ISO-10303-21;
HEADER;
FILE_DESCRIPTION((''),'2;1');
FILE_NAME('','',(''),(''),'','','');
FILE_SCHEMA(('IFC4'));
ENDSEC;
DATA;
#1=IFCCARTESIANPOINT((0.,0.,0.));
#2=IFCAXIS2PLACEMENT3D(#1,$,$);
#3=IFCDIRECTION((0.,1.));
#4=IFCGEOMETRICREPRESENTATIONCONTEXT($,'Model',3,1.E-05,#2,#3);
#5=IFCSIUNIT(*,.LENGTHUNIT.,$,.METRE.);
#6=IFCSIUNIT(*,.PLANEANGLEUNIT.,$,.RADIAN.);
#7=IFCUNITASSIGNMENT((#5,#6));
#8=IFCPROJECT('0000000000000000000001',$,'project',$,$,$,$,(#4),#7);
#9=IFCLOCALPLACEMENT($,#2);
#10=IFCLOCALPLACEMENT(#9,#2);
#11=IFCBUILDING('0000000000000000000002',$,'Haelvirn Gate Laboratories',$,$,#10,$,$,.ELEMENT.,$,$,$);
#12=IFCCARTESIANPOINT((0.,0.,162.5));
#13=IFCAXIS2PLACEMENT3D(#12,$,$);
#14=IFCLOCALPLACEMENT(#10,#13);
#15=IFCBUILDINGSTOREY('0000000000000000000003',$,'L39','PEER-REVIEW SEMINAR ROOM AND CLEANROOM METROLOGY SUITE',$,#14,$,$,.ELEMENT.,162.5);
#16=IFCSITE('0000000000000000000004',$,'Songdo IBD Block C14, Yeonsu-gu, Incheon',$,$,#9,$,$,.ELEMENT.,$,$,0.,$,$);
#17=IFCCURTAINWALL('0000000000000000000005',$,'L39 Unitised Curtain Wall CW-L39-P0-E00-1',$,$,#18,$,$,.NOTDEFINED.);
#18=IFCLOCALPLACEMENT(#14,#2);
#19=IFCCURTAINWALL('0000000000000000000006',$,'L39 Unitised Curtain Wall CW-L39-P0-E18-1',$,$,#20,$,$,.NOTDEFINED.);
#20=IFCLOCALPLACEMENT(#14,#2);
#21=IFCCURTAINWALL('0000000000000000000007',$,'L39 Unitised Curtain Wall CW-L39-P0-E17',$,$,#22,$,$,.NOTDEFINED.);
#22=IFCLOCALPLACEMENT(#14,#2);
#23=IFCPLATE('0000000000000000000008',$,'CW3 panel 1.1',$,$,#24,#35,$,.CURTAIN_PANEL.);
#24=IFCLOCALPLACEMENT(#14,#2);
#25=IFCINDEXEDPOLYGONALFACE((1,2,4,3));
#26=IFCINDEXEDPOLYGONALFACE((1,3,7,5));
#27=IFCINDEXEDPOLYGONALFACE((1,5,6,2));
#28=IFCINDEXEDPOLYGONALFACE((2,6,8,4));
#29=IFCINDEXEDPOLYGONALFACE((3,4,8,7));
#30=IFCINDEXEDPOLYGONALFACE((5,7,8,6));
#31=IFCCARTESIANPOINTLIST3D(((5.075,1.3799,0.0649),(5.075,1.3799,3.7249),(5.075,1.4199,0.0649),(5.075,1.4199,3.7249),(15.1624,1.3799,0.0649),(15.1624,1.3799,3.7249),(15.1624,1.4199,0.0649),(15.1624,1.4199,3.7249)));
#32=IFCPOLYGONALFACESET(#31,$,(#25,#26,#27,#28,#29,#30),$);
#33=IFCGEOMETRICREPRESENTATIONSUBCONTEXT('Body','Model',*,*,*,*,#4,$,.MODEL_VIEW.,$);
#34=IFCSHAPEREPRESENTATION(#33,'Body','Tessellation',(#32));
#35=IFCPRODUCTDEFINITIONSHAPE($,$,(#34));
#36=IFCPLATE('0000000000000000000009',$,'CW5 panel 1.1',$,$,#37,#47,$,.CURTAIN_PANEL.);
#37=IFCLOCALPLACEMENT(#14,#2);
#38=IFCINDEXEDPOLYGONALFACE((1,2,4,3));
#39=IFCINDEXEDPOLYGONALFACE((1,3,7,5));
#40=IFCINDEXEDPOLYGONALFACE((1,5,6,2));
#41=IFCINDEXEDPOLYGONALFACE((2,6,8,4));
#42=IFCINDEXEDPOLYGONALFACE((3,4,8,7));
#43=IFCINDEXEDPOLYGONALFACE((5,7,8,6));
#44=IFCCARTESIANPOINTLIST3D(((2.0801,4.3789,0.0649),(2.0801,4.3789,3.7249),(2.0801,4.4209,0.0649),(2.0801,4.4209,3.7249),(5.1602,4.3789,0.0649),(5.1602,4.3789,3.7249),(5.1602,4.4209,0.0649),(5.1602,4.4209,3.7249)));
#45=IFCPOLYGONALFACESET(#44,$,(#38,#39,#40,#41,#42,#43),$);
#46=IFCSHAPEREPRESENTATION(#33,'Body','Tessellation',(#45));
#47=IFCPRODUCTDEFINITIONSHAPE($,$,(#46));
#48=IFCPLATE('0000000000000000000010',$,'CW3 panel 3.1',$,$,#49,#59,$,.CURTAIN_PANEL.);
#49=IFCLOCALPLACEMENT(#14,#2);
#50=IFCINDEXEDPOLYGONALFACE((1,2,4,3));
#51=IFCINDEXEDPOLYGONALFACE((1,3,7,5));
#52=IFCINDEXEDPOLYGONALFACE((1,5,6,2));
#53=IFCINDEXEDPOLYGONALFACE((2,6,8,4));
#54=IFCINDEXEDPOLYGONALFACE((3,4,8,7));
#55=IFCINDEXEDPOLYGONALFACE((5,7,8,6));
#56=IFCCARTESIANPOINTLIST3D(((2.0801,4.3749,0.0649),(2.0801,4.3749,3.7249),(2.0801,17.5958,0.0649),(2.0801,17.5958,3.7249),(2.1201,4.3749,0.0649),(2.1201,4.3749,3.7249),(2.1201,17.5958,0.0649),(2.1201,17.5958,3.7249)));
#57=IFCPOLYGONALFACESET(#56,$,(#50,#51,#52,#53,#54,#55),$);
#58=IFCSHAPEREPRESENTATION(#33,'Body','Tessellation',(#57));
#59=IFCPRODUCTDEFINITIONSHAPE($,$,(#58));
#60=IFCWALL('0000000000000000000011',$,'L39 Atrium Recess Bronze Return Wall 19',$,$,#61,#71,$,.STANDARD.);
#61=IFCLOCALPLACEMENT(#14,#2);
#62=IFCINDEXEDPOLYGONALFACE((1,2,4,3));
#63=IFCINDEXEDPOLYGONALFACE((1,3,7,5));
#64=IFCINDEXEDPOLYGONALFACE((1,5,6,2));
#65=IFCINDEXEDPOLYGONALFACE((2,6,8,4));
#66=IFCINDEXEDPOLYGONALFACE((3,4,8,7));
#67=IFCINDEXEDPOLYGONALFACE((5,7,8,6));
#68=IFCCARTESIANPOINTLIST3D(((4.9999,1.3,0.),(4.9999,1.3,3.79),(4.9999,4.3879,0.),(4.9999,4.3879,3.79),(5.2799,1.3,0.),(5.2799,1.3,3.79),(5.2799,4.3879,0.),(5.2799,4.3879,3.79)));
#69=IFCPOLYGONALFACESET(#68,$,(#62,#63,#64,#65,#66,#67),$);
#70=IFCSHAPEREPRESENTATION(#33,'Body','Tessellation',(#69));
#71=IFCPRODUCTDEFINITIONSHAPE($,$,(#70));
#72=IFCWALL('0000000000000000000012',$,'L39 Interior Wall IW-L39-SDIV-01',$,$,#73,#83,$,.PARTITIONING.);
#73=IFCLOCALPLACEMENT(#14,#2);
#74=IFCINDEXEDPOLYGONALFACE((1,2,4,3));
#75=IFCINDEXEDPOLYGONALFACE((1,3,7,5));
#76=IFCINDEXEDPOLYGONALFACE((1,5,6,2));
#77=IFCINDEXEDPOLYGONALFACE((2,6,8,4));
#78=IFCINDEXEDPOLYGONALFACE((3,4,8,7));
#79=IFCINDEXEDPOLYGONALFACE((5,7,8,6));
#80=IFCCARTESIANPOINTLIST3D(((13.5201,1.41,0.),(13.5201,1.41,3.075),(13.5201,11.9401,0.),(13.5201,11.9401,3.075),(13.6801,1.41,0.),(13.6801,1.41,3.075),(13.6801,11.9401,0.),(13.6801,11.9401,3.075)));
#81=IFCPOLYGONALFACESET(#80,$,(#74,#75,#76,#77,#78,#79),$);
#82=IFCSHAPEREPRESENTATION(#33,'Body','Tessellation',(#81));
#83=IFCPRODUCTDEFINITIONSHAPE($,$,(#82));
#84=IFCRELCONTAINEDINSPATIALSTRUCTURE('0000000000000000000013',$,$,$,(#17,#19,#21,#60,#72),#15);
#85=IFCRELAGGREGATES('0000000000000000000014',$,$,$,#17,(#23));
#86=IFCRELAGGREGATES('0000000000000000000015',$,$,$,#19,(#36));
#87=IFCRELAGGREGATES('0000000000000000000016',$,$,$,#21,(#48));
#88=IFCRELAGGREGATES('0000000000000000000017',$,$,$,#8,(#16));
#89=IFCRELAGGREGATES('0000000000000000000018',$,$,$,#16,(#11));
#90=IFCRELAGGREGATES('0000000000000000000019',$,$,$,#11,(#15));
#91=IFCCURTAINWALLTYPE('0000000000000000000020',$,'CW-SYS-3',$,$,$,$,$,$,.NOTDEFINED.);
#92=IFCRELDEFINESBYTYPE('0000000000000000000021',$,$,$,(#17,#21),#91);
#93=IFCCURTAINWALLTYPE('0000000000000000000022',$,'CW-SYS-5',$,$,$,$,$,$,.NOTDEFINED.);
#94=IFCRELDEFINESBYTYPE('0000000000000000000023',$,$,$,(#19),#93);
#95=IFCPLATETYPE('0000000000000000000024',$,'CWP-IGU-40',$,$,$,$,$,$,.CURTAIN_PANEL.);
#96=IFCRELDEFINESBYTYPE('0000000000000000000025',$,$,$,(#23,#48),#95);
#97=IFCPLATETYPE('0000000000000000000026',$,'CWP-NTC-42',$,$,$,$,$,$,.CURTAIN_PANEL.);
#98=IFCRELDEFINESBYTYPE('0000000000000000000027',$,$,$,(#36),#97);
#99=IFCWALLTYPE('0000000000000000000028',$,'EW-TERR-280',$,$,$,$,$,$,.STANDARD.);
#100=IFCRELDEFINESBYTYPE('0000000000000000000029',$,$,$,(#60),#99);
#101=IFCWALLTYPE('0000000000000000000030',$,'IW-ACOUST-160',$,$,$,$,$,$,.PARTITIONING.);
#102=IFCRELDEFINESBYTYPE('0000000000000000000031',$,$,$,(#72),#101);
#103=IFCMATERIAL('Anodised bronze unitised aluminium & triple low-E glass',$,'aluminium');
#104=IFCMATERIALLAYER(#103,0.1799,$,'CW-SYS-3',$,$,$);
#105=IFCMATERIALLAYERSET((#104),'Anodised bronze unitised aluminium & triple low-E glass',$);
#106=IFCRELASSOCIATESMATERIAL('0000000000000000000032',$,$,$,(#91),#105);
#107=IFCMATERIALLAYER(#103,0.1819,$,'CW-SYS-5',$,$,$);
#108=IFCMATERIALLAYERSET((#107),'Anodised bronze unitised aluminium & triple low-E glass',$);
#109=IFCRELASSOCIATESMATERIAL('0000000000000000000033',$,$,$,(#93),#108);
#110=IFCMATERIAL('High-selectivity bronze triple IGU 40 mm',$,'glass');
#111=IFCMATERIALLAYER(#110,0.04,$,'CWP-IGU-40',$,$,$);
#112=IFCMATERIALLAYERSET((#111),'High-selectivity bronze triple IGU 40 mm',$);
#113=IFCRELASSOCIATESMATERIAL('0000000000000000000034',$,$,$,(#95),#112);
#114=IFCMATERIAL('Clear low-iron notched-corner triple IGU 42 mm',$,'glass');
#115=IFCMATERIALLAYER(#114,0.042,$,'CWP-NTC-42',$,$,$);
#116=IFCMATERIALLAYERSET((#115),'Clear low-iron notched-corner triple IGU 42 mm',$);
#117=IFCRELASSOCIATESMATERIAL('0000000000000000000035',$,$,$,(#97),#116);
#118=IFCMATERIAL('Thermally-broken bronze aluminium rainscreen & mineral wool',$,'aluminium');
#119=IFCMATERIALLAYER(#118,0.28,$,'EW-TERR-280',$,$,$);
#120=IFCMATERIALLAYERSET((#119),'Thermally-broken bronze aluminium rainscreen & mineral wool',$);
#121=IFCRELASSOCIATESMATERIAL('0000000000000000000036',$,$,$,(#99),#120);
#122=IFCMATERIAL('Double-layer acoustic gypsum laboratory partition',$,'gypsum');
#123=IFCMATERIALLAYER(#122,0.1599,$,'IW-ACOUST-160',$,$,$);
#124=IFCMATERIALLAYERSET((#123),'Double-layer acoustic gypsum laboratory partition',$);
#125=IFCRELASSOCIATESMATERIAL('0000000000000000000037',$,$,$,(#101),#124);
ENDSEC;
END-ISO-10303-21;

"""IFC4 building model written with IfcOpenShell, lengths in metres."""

from ifc_helpers import new_model, si_unit, direction, frame, frame_2d, origin, origin_2d, place, context, subcontext, project, spatial, rectangle, extrude, source, transform, mapped, material, layer, layer_set, type_object, type_shapes, element, aggregate, save


model = new_model("IFC4")

# Units and contexts
model_context = context("Model", 3, precision=1e-05, world=origin(), true_north=direction((0.0, 1.0)))
body_context = subcontext(model_context, "Body", "Model", "MODEL_VIEW")
ifc_project = project(units=[si_unit("LENGTHUNIT", "METRE"), si_unit("PLANEANGLEUNIT", "RADIAN")], contexts=[model_context])

# Site, building, storey
site_placement = place(None, origin())
site = spatial("IfcSite", under=ifc_project, at=site_placement, Name="Songdo IBD Block C14, Yeonsu-gu, Incheon", CompositionType="ELEMENT", RefElevation=0.0)
building_placement = place(site_placement, origin())
building = spatial("IfcBuilding", under=site, at=building_placement, Name="Haelvirn Gate Laboratories", CompositionType="ELEMENT")
storey_placement = place(building_placement, frame((0.0, 0.0, 162.5)))
storey = spatial("IfcBuildingStorey", under=building, at=storey_placement, Name="L39", Description="PEER-REVIEW SEMINAR ROOM AND CLEANROOM METROLOGY SUITE", CompositionType="ELEMENT", Elevation=162.5)

# Curtain walls
ifc_material_1 = material(Name="Anodised bronze unitised aluminium & triple low-E glass", Category="aluminium")
ifc_layer_1 = layer(ifc_material_1, 0.1799, Name="CW-SYS-3")
ifc_layer_set_1 = layer_set([ifc_layer_1], Name="Anodised bronze unitised aluminium & triple low-E glass")
curtain_wall_type_1 = type_object("IfcCurtainWallType", Name="CW-SYS-3", PredefinedType="NOTDEFINED", material=ifc_layer_set_1)
curtain_wall_1_placement = place(storey_placement, origin())
curtain_wall_1 = element("IfcCurtainWall", 1, at=curtain_wall_1_placement, inside=storey, type_object=curtain_wall_type_1, Name="L39 Unitised Curtain Wall CW-L39-P0-E00-1", PredefinedType="NOTDEFINED")
ifc_layer_2 = layer(ifc_material_1, 0.1819, Name="CW-SYS-5")
ifc_layer_set_2 = layer_set([ifc_layer_2], Name="Anodised bronze unitised aluminium & triple low-E glass")
curtain_wall_type_2 = type_object("IfcCurtainWallType", Name="CW-SYS-5", PredefinedType="NOTDEFINED", material=ifc_layer_set_2)
curtain_wall_2_placement = place(storey_placement, origin())
curtain_wall_2 = element("IfcCurtainWall", 2, at=curtain_wall_2_placement, inside=storey, type_object=curtain_wall_type_2, Name="L39 Unitised Curtain Wall CW-L39-P0-E18-1", PredefinedType="NOTDEFINED")

# Curtain wall
curtain_wall_3_placement = place(storey_placement, origin())
curtain_wall_3 = element("IfcCurtainWall", 3, at=curtain_wall_3_placement, inside=storey, type_object=curtain_wall_type_1, Name="L39 Unitised Curtain Wall CW-L39-P0-E17", PredefinedType="NOTDEFINED")

# Plates
ifc_material_2 = material(Name="High-selectivity bronze triple IGU 40 mm", Category="glass")
ifc_layer_3 = layer(ifc_material_2, 0.04, Name="CWP-IGU-40")
ifc_layer_set_3 = layer_set([ifc_layer_3], Name="High-selectivity bronze triple IGU 40 mm")
plate_type_1 = type_object("IfcPlateType", Name="CWP-IGU-40", PredefinedType="CURTAIN_PANEL", material=ifc_layer_set_3)
shared_shape_1 = source(origin(), body_context, "Body", "SweptSolid", [
    extrude(rectangle(XDim=10.0874, YDim=0.04, at=origin_2d()), origin(), (0.0, 0.0, 1.0), 3.6599),
])
plate_1_placement = place(storey_placement, frame((10.1187, 1.3999, 0.0649), z_axis=(0.0, 0.0, 1.0), x_axis=(1.0, 0.0, 0.0)))
plate_1 = element("IfcPlate", 4, at=plate_1_placement, type_object=plate_type_1, Name="CW3 panel 1.1", PredefinedType="CURTAIN_PANEL", context=body_context, shape_type="MappedRepresentation", body=[
    mapped(shared_shape_1, transform((0.0, 0.0, 0.0), scale=1.0)),
])
aggregate(curtain_wall_1, [plate_1])
ifc_material_3 = material(Name="Clear low-iron notched-corner triple IGU 42 mm", Category="glass")
ifc_layer_4 = layer(ifc_material_3, 0.042, Name="CWP-NTC-42")
ifc_layer_set_4 = layer_set([ifc_layer_4], Name="Clear low-iron notched-corner triple IGU 42 mm")
plate_type_2 = type_object("IfcPlateType", Name="CWP-NTC-42", PredefinedType="CURTAIN_PANEL", material=ifc_layer_set_4)
shared_shape_2 = source(origin(), body_context, "Body", "SweptSolid", [
    extrude(rectangle(XDim=3.0801, YDim=0.042, at=origin_2d()), origin(), (0.0, 0.0, 1.0), 3.6599),
])
type_shapes(plate_type_2, [shared_shape_2])
plate_2_placement = place(storey_placement, frame((3.6201, 4.3999, 0.0649), z_axis=(0.0, 0.0, 1.0), x_axis=(1.0, 0.0, 0.0)))
plate_2 = element("IfcPlate", 5, at=plate_2_placement, type_object=plate_type_2, Name="CW5 panel 1.1", PredefinedType="CURTAIN_PANEL", context=body_context, shape_type="MappedRepresentation", body=[
    mapped(shared_shape_2, transform((0.0, 0.0, 0.0), scale=1.0)),
])
aggregate(curtain_wall_2, [plate_2])
shared_shape_3 = source(origin(), body_context, "Body", "SweptSolid", [
    extrude(rectangle(XDim=13.2209, YDim=0.04, at=origin_2d()), origin(), (0.0, 0.0, 1.0), 3.6599),
])
type_shapes(plate_type_1, [shared_shape_1, shared_shape_3])
plate_3_placement = place(storey_placement, frame((2.1001, 10.9854, 0.0649), z_axis=(0.0, 0.0, 1.0), x_axis=(0.0, -1.0, 0.0)))
plate_3 = element("IfcPlate", 6, at=plate_3_placement, type_object=plate_type_1, Name="CW3 panel 3.1", PredefinedType="CURTAIN_PANEL", context=body_context, shape_type="MappedRepresentation", body=[
    mapped(shared_shape_3, transform((0.0, 0.0, 0.0), scale=1.0)),
])
aggregate(curtain_wall_3, [plate_3])

# Walls
ifc_material_4 = material(Name="Thermally-broken bronze aluminium rainscreen & mineral wool", Category="aluminium")
ifc_layer_5 = layer(ifc_material_4, 0.28, Name="EW-TERR-280")
ifc_layer_set_5 = layer_set([ifc_layer_5], Name="Thermally-broken bronze aluminium rainscreen & mineral wool")
wall_type_1 = type_object("IfcWallType", Name="EW-TERR-280", PredefinedType="STANDARD", material=ifc_layer_set_5)
wall_1_placement = place(storey_placement, frame((5.1399, 4.3879, 0.0), z_axis=(0.0, 0.0, 1.0), x_axis=(0.0, -1.0, 0.0)))
element("IfcWall", 7, at=wall_1_placement, inside=storey, type_object=wall_type_1, Name="L39 Atrium Recess Bronze Return Wall 19", PredefinedType="STANDARD", context=body_context, shape_type="SweptSolid", body=[
    extrude(rectangle(XDim=3.0879, YDim=0.28, at=frame_2d((1.5439, 0.0))), origin(), (0.0, 0.0, 1.0), 3.79),
])
ifc_material_5 = material(Name="Double-layer acoustic gypsum laboratory partition", Category="gypsum")
ifc_layer_6 = layer(ifc_material_5, 0.1599, Name="IW-ACOUST-160")
ifc_layer_set_6 = layer_set([ifc_layer_6], Name="Double-layer acoustic gypsum laboratory partition")
wall_type_2 = type_object("IfcWallType", Name="IW-ACOUST-160", PredefinedType="PARTITIONING", material=ifc_layer_set_6)
wall_2_placement = place(storey_placement, frame((13.6001, 1.4099, 0.0), z_axis=(0.0, 0.0, 1.0), x_axis=(0.0, 1.0, 0.0)))
element("IfcWall", 8, at=wall_2_placement, inside=storey, type_object=wall_type_2, Name="L39 Interior Wall IW-L39-SDIV-01", PredefinedType="PARTITIONING", context=body_context, shape_type="SweptSolid", body=[
    extrude(rectangle(XDim=10.53, YDim=0.1599, at=frame_2d((5.2651, 0.0))), origin(), (0.0, 0.0, 1.0), 3.075),
])

save(model, "model.ifc")
